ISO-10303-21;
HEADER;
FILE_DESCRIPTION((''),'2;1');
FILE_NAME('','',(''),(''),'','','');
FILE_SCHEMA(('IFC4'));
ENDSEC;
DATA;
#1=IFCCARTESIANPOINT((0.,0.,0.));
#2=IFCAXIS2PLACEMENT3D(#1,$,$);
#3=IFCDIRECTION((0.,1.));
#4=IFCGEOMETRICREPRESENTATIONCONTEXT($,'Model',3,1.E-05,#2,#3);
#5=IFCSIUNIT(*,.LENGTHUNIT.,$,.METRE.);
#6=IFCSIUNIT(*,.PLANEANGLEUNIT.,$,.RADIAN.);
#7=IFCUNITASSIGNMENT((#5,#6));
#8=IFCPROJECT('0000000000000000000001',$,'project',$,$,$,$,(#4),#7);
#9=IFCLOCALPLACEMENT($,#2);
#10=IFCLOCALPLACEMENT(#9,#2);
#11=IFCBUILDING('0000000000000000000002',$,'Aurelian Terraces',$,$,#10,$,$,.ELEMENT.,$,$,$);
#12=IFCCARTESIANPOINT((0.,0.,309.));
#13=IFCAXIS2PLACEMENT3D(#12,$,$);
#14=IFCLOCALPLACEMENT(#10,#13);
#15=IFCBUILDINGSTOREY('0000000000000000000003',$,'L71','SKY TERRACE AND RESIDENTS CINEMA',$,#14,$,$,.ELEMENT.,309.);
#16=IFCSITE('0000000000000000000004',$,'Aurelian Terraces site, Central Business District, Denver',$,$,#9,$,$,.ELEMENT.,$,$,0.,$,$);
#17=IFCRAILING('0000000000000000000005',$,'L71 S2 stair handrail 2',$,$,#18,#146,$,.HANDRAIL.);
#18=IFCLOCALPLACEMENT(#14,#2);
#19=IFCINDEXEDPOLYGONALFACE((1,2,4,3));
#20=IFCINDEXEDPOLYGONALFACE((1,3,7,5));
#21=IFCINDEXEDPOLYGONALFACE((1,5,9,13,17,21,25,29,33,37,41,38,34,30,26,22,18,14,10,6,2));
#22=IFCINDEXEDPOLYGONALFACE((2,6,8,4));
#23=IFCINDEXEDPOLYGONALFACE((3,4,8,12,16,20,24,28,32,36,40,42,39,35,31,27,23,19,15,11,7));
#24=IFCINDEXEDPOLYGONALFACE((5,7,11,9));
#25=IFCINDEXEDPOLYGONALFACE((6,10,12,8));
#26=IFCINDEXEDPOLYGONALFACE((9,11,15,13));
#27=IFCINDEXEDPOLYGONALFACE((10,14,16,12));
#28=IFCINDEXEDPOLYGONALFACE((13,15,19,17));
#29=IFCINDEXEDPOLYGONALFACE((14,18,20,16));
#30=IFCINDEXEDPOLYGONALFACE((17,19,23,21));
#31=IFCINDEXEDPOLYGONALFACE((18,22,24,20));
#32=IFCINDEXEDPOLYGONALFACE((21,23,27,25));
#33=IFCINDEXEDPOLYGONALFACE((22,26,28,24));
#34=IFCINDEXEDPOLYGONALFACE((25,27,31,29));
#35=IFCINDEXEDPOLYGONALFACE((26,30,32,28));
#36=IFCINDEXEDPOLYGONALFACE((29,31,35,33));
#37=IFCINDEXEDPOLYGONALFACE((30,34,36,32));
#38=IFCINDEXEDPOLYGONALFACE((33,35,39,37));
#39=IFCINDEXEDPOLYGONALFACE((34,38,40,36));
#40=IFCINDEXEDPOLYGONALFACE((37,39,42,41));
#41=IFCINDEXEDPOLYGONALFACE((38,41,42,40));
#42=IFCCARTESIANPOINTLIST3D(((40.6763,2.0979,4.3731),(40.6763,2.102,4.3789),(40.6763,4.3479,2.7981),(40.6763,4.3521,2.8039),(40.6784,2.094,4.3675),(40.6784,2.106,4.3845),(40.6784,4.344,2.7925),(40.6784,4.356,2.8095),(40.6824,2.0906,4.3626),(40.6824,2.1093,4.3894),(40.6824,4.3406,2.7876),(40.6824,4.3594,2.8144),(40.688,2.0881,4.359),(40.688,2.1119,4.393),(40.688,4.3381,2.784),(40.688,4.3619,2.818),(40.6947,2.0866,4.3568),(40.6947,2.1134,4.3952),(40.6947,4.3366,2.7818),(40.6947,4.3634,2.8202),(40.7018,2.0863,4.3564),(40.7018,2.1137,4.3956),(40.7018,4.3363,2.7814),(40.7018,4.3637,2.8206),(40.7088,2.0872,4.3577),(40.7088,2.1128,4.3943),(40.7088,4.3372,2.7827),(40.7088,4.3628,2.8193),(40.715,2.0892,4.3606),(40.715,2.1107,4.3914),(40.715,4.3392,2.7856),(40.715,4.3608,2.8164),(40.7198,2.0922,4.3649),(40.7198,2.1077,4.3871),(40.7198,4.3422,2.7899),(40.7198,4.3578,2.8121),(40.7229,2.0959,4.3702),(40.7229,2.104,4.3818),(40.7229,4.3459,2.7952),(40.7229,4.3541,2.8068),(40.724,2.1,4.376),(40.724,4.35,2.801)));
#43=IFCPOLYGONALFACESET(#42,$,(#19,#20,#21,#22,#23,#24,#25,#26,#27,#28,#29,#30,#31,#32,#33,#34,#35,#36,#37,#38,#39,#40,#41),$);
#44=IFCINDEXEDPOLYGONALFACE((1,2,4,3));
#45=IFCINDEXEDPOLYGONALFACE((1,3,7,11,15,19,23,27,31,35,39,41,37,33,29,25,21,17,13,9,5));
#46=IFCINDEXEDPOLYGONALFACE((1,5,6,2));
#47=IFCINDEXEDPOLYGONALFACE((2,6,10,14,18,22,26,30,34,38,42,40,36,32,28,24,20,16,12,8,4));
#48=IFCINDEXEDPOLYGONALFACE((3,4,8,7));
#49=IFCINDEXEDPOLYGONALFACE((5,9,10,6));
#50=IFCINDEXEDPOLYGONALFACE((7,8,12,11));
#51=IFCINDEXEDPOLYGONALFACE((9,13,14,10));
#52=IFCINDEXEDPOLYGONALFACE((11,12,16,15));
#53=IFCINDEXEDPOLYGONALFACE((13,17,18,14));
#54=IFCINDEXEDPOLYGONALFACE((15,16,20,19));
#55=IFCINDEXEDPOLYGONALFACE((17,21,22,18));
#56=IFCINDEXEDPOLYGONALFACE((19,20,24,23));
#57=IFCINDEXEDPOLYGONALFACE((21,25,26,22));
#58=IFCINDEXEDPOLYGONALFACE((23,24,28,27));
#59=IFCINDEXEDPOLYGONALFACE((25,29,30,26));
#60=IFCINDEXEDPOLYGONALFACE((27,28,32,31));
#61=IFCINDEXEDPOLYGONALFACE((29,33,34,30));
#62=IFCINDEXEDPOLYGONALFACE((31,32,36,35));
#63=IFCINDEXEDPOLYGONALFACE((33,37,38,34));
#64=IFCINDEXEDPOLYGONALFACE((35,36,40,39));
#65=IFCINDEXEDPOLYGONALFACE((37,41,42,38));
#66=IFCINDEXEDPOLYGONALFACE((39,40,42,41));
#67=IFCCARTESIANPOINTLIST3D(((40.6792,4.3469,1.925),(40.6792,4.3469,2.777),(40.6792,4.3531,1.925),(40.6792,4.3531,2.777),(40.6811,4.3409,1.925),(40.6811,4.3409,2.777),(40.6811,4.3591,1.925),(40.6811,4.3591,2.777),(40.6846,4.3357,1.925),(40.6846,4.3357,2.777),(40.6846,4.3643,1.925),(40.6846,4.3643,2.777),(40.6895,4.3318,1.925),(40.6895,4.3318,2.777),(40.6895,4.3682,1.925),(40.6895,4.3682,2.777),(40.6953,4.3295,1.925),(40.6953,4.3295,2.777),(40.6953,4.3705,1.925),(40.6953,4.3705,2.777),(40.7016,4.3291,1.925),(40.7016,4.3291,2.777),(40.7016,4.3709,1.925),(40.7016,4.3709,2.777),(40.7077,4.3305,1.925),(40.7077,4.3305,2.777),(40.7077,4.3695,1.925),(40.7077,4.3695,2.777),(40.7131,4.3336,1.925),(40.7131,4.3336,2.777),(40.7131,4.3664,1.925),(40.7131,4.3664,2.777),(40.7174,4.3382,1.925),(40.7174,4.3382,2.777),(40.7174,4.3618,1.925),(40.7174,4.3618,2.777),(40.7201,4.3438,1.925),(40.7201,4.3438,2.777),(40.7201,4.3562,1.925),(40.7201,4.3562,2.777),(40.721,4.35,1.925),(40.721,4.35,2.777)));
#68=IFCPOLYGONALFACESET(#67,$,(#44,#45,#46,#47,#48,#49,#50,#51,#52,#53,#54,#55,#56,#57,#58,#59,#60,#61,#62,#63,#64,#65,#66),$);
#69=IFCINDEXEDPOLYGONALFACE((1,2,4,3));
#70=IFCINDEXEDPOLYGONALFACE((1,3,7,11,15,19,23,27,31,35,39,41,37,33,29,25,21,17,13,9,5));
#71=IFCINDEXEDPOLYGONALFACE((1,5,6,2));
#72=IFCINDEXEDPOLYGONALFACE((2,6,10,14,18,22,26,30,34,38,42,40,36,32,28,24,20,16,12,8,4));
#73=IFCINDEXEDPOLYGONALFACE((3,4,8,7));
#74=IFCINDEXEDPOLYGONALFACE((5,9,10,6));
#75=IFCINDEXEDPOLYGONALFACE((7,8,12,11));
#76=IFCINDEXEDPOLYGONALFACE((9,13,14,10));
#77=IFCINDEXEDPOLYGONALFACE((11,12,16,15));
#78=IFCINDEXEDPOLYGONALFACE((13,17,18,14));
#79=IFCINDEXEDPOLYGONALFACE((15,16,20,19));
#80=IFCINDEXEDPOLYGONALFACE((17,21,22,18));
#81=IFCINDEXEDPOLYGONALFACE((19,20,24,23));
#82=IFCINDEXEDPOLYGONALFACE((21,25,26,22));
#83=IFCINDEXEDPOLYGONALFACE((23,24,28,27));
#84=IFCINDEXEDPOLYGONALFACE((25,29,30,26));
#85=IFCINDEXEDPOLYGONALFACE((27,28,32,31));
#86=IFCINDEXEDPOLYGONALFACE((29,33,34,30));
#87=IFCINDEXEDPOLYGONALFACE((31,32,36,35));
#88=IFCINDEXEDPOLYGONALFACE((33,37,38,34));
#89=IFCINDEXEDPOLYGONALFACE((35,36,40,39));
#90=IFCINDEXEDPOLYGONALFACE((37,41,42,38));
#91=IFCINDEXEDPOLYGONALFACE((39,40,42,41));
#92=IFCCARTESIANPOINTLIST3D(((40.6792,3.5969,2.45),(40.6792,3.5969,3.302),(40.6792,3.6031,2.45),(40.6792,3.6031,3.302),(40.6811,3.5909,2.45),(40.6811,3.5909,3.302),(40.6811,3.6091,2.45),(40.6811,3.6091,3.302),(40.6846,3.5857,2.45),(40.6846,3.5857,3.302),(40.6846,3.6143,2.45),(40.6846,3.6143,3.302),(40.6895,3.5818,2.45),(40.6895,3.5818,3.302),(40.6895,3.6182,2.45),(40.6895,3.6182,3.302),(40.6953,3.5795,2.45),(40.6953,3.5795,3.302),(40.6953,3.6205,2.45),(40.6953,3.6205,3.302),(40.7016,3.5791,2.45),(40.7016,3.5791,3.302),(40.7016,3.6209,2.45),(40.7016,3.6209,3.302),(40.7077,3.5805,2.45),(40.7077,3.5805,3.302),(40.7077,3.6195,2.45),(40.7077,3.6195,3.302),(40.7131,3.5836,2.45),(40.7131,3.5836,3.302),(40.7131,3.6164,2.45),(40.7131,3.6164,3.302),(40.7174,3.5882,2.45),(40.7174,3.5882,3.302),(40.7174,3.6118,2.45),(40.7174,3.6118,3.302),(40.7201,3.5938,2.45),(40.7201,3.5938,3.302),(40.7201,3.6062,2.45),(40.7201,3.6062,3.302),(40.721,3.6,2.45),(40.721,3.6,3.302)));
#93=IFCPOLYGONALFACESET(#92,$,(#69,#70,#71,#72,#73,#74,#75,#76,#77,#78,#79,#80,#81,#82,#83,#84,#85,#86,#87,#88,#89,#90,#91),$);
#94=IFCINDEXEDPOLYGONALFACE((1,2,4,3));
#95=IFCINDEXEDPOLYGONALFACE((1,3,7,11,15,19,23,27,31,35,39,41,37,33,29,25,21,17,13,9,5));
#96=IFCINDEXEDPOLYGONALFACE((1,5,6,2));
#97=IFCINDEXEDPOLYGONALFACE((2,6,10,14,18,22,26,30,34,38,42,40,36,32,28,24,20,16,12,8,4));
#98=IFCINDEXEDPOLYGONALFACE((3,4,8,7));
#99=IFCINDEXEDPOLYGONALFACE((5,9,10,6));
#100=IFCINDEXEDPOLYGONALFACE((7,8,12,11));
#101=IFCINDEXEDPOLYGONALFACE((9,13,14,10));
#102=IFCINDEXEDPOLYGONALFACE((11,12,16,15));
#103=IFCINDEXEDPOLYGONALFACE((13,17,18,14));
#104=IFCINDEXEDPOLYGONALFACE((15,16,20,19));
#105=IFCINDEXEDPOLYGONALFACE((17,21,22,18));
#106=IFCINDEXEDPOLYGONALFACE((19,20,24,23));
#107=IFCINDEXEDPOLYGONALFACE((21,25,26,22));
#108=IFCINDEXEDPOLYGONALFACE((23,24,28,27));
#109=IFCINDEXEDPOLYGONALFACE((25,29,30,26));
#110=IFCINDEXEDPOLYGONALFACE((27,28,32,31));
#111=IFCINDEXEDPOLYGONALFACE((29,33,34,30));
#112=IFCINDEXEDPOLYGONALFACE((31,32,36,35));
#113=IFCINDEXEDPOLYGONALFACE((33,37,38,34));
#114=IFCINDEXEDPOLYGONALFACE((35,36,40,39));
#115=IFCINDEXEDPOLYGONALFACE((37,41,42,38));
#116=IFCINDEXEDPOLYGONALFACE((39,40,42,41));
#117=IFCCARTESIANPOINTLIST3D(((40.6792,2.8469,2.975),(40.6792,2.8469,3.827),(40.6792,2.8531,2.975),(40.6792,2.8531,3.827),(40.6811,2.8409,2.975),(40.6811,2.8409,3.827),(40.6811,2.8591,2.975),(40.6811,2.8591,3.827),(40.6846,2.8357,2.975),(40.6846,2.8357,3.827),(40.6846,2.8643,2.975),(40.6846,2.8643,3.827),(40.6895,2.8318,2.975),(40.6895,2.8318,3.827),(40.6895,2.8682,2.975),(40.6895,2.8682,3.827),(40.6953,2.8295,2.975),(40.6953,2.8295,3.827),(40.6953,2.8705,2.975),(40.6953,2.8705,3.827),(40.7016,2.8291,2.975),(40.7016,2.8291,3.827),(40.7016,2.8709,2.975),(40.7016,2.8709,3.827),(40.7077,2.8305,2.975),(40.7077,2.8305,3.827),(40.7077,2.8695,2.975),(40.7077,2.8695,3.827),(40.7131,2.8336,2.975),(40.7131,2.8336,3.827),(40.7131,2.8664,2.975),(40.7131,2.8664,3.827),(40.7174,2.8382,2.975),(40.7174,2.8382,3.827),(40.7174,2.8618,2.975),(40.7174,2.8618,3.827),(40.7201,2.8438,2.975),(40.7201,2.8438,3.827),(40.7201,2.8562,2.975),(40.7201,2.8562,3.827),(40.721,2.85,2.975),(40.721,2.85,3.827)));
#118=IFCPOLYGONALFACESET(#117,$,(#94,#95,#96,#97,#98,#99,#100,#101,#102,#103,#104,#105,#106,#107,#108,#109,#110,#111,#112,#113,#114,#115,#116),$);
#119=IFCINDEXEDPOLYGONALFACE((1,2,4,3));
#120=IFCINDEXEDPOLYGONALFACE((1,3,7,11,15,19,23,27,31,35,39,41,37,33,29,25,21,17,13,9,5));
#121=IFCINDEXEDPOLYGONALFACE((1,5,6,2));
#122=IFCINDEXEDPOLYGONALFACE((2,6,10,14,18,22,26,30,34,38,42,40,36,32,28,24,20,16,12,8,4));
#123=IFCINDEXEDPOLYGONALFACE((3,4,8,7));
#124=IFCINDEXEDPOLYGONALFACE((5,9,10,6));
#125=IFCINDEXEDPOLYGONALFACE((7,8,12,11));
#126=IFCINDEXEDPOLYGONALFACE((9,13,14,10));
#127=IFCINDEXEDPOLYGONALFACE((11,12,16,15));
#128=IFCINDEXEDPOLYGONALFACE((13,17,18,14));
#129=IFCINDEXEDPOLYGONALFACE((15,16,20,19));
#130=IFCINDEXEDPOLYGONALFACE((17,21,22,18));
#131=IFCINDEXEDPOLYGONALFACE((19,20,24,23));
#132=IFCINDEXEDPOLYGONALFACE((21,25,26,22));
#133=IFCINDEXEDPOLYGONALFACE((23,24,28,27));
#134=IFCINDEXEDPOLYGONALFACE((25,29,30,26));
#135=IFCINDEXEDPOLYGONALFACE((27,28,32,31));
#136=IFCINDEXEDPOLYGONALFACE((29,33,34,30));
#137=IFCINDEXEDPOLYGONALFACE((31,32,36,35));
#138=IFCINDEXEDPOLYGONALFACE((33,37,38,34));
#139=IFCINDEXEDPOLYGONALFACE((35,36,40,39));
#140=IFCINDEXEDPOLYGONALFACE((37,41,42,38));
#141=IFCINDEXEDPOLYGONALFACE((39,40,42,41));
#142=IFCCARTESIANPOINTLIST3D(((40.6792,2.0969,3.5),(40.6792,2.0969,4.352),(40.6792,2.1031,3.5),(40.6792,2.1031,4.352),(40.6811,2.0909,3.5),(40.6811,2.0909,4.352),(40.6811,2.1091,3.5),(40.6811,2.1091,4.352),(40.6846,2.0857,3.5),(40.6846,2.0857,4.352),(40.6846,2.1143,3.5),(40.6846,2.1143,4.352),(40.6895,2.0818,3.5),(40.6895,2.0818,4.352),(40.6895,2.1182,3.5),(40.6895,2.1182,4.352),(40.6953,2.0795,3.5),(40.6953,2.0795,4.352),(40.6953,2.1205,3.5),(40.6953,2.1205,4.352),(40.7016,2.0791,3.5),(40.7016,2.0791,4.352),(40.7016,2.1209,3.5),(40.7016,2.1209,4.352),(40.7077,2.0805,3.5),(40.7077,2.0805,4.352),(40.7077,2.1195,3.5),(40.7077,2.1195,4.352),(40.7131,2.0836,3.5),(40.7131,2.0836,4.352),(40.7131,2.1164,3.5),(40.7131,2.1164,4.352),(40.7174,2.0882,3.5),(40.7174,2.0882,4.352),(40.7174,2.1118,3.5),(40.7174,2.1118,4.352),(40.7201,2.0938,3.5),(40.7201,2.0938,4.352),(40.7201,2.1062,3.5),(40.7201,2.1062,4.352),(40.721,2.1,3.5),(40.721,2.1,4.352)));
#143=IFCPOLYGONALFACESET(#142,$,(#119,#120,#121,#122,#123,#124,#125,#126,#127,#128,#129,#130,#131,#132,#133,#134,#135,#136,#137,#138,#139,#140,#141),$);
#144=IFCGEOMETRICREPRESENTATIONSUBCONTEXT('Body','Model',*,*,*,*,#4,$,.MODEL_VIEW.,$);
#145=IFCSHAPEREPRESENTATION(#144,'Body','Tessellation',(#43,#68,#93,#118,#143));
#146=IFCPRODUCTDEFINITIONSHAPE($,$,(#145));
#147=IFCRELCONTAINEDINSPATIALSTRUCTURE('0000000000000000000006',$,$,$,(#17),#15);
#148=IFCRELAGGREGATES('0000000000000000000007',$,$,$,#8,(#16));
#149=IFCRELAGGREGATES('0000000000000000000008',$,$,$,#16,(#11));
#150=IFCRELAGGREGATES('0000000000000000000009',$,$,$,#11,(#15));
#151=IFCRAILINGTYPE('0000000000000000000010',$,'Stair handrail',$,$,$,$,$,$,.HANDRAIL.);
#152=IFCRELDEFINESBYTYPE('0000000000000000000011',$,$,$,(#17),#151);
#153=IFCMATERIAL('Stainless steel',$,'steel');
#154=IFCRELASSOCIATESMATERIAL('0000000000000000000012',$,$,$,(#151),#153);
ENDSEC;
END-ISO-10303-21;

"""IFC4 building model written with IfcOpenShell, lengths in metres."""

from ifc_helpers import new_model, si_unit, direction, frame, origin, origin_2d, place, context, subcontext, project, spatial, circle, extrude, source, transform, mapped, material, type_object, element, save


model = new_model("IFC4")

# Units and contexts
model_context = context("Model", 3, precision=1e-05, world=origin(), true_north=direction((0.0, 1.0)))
body_context = subcontext(model_context, "Body", "Model", "MODEL_VIEW")
ifc_project = project(units=[si_unit("LENGTHUNIT", "METRE"), si_unit("PLANEANGLEUNIT", "RADIAN")], contexts=[model_context])

# Site, building, storey
site_placement = place(None, origin())
site = spatial("IfcSite", under=ifc_project, at=site_placement, Name="Aurelian Terraces site, Central Business District, Denver", CompositionType="ELEMENT", RefElevation=0.0)
building_placement = place(site_placement, origin())
building = spatial("IfcBuilding", under=site, at=building_placement, Name="Aurelian Terraces", CompositionType="ELEMENT")
storey_placement = place(building_placement, frame((0.0, 0.0, 309.0)))
storey = spatial("IfcBuildingStorey", under=building, at=storey_placement, Name="L71", Description="SKY TERRACE AND RESIDENTS CINEMA", CompositionType="ELEMENT", Elevation=309.0)

# Railing
ifc_material_1 = material(Name="Stainless steel", Category="steel")
railing_type_1 = type_object("IfcRailingType", Name="Stair handrail", PredefinedType="HANDRAIL", material=ifc_material_1)
shared_shape_1 = source(origin(), body_context, "Body", "SweptSolid", [
    extrude(circle(Radius=0.024, at=origin_2d()), frame((0.0, 0.0, 0.876), z_axis=(0.0, -0.819232, 0.573462), x_axis=(1.0, 0.0, 0.0)), (0.0, 0.0, 1.0), 2.7465),
    extrude(circle(Radius=0.021, at=origin_2d()), origin(), (0.0, 0.0, 1.0), 0.852),
    extrude(circle(Radius=0.021, at=origin_2d()), frame((0.0, -0.75, 0.525)), (0.0, 0.0, 1.0), 0.852),
    extrude(circle(Radius=0.021, at=origin_2d()), frame((0.0, -1.5, 1.05)), (0.0, 0.0, 1.0), 0.852),
    extrude(circle(Radius=0.021, at=origin_2d()), frame((0.0, -2.25, 1.575)), (0.0, 0.0, 1.0), 0.852),
])
railing_1_placement = place(storey_placement, frame((40.7, 4.35, 1.925)))
element("IfcRailing", 1, at=railing_1_placement, inside=storey, type_object=railing_type_1, Name="L71 S2 stair handrail 2", PredefinedType="HANDRAIL", context=body_context, shape_type="MappedRepresentation", body=[
    mapped(shared_shape_1, transform((0.0, 0.0, 0.0), scale=1.0)),
])

save(model, "model.ifc")
